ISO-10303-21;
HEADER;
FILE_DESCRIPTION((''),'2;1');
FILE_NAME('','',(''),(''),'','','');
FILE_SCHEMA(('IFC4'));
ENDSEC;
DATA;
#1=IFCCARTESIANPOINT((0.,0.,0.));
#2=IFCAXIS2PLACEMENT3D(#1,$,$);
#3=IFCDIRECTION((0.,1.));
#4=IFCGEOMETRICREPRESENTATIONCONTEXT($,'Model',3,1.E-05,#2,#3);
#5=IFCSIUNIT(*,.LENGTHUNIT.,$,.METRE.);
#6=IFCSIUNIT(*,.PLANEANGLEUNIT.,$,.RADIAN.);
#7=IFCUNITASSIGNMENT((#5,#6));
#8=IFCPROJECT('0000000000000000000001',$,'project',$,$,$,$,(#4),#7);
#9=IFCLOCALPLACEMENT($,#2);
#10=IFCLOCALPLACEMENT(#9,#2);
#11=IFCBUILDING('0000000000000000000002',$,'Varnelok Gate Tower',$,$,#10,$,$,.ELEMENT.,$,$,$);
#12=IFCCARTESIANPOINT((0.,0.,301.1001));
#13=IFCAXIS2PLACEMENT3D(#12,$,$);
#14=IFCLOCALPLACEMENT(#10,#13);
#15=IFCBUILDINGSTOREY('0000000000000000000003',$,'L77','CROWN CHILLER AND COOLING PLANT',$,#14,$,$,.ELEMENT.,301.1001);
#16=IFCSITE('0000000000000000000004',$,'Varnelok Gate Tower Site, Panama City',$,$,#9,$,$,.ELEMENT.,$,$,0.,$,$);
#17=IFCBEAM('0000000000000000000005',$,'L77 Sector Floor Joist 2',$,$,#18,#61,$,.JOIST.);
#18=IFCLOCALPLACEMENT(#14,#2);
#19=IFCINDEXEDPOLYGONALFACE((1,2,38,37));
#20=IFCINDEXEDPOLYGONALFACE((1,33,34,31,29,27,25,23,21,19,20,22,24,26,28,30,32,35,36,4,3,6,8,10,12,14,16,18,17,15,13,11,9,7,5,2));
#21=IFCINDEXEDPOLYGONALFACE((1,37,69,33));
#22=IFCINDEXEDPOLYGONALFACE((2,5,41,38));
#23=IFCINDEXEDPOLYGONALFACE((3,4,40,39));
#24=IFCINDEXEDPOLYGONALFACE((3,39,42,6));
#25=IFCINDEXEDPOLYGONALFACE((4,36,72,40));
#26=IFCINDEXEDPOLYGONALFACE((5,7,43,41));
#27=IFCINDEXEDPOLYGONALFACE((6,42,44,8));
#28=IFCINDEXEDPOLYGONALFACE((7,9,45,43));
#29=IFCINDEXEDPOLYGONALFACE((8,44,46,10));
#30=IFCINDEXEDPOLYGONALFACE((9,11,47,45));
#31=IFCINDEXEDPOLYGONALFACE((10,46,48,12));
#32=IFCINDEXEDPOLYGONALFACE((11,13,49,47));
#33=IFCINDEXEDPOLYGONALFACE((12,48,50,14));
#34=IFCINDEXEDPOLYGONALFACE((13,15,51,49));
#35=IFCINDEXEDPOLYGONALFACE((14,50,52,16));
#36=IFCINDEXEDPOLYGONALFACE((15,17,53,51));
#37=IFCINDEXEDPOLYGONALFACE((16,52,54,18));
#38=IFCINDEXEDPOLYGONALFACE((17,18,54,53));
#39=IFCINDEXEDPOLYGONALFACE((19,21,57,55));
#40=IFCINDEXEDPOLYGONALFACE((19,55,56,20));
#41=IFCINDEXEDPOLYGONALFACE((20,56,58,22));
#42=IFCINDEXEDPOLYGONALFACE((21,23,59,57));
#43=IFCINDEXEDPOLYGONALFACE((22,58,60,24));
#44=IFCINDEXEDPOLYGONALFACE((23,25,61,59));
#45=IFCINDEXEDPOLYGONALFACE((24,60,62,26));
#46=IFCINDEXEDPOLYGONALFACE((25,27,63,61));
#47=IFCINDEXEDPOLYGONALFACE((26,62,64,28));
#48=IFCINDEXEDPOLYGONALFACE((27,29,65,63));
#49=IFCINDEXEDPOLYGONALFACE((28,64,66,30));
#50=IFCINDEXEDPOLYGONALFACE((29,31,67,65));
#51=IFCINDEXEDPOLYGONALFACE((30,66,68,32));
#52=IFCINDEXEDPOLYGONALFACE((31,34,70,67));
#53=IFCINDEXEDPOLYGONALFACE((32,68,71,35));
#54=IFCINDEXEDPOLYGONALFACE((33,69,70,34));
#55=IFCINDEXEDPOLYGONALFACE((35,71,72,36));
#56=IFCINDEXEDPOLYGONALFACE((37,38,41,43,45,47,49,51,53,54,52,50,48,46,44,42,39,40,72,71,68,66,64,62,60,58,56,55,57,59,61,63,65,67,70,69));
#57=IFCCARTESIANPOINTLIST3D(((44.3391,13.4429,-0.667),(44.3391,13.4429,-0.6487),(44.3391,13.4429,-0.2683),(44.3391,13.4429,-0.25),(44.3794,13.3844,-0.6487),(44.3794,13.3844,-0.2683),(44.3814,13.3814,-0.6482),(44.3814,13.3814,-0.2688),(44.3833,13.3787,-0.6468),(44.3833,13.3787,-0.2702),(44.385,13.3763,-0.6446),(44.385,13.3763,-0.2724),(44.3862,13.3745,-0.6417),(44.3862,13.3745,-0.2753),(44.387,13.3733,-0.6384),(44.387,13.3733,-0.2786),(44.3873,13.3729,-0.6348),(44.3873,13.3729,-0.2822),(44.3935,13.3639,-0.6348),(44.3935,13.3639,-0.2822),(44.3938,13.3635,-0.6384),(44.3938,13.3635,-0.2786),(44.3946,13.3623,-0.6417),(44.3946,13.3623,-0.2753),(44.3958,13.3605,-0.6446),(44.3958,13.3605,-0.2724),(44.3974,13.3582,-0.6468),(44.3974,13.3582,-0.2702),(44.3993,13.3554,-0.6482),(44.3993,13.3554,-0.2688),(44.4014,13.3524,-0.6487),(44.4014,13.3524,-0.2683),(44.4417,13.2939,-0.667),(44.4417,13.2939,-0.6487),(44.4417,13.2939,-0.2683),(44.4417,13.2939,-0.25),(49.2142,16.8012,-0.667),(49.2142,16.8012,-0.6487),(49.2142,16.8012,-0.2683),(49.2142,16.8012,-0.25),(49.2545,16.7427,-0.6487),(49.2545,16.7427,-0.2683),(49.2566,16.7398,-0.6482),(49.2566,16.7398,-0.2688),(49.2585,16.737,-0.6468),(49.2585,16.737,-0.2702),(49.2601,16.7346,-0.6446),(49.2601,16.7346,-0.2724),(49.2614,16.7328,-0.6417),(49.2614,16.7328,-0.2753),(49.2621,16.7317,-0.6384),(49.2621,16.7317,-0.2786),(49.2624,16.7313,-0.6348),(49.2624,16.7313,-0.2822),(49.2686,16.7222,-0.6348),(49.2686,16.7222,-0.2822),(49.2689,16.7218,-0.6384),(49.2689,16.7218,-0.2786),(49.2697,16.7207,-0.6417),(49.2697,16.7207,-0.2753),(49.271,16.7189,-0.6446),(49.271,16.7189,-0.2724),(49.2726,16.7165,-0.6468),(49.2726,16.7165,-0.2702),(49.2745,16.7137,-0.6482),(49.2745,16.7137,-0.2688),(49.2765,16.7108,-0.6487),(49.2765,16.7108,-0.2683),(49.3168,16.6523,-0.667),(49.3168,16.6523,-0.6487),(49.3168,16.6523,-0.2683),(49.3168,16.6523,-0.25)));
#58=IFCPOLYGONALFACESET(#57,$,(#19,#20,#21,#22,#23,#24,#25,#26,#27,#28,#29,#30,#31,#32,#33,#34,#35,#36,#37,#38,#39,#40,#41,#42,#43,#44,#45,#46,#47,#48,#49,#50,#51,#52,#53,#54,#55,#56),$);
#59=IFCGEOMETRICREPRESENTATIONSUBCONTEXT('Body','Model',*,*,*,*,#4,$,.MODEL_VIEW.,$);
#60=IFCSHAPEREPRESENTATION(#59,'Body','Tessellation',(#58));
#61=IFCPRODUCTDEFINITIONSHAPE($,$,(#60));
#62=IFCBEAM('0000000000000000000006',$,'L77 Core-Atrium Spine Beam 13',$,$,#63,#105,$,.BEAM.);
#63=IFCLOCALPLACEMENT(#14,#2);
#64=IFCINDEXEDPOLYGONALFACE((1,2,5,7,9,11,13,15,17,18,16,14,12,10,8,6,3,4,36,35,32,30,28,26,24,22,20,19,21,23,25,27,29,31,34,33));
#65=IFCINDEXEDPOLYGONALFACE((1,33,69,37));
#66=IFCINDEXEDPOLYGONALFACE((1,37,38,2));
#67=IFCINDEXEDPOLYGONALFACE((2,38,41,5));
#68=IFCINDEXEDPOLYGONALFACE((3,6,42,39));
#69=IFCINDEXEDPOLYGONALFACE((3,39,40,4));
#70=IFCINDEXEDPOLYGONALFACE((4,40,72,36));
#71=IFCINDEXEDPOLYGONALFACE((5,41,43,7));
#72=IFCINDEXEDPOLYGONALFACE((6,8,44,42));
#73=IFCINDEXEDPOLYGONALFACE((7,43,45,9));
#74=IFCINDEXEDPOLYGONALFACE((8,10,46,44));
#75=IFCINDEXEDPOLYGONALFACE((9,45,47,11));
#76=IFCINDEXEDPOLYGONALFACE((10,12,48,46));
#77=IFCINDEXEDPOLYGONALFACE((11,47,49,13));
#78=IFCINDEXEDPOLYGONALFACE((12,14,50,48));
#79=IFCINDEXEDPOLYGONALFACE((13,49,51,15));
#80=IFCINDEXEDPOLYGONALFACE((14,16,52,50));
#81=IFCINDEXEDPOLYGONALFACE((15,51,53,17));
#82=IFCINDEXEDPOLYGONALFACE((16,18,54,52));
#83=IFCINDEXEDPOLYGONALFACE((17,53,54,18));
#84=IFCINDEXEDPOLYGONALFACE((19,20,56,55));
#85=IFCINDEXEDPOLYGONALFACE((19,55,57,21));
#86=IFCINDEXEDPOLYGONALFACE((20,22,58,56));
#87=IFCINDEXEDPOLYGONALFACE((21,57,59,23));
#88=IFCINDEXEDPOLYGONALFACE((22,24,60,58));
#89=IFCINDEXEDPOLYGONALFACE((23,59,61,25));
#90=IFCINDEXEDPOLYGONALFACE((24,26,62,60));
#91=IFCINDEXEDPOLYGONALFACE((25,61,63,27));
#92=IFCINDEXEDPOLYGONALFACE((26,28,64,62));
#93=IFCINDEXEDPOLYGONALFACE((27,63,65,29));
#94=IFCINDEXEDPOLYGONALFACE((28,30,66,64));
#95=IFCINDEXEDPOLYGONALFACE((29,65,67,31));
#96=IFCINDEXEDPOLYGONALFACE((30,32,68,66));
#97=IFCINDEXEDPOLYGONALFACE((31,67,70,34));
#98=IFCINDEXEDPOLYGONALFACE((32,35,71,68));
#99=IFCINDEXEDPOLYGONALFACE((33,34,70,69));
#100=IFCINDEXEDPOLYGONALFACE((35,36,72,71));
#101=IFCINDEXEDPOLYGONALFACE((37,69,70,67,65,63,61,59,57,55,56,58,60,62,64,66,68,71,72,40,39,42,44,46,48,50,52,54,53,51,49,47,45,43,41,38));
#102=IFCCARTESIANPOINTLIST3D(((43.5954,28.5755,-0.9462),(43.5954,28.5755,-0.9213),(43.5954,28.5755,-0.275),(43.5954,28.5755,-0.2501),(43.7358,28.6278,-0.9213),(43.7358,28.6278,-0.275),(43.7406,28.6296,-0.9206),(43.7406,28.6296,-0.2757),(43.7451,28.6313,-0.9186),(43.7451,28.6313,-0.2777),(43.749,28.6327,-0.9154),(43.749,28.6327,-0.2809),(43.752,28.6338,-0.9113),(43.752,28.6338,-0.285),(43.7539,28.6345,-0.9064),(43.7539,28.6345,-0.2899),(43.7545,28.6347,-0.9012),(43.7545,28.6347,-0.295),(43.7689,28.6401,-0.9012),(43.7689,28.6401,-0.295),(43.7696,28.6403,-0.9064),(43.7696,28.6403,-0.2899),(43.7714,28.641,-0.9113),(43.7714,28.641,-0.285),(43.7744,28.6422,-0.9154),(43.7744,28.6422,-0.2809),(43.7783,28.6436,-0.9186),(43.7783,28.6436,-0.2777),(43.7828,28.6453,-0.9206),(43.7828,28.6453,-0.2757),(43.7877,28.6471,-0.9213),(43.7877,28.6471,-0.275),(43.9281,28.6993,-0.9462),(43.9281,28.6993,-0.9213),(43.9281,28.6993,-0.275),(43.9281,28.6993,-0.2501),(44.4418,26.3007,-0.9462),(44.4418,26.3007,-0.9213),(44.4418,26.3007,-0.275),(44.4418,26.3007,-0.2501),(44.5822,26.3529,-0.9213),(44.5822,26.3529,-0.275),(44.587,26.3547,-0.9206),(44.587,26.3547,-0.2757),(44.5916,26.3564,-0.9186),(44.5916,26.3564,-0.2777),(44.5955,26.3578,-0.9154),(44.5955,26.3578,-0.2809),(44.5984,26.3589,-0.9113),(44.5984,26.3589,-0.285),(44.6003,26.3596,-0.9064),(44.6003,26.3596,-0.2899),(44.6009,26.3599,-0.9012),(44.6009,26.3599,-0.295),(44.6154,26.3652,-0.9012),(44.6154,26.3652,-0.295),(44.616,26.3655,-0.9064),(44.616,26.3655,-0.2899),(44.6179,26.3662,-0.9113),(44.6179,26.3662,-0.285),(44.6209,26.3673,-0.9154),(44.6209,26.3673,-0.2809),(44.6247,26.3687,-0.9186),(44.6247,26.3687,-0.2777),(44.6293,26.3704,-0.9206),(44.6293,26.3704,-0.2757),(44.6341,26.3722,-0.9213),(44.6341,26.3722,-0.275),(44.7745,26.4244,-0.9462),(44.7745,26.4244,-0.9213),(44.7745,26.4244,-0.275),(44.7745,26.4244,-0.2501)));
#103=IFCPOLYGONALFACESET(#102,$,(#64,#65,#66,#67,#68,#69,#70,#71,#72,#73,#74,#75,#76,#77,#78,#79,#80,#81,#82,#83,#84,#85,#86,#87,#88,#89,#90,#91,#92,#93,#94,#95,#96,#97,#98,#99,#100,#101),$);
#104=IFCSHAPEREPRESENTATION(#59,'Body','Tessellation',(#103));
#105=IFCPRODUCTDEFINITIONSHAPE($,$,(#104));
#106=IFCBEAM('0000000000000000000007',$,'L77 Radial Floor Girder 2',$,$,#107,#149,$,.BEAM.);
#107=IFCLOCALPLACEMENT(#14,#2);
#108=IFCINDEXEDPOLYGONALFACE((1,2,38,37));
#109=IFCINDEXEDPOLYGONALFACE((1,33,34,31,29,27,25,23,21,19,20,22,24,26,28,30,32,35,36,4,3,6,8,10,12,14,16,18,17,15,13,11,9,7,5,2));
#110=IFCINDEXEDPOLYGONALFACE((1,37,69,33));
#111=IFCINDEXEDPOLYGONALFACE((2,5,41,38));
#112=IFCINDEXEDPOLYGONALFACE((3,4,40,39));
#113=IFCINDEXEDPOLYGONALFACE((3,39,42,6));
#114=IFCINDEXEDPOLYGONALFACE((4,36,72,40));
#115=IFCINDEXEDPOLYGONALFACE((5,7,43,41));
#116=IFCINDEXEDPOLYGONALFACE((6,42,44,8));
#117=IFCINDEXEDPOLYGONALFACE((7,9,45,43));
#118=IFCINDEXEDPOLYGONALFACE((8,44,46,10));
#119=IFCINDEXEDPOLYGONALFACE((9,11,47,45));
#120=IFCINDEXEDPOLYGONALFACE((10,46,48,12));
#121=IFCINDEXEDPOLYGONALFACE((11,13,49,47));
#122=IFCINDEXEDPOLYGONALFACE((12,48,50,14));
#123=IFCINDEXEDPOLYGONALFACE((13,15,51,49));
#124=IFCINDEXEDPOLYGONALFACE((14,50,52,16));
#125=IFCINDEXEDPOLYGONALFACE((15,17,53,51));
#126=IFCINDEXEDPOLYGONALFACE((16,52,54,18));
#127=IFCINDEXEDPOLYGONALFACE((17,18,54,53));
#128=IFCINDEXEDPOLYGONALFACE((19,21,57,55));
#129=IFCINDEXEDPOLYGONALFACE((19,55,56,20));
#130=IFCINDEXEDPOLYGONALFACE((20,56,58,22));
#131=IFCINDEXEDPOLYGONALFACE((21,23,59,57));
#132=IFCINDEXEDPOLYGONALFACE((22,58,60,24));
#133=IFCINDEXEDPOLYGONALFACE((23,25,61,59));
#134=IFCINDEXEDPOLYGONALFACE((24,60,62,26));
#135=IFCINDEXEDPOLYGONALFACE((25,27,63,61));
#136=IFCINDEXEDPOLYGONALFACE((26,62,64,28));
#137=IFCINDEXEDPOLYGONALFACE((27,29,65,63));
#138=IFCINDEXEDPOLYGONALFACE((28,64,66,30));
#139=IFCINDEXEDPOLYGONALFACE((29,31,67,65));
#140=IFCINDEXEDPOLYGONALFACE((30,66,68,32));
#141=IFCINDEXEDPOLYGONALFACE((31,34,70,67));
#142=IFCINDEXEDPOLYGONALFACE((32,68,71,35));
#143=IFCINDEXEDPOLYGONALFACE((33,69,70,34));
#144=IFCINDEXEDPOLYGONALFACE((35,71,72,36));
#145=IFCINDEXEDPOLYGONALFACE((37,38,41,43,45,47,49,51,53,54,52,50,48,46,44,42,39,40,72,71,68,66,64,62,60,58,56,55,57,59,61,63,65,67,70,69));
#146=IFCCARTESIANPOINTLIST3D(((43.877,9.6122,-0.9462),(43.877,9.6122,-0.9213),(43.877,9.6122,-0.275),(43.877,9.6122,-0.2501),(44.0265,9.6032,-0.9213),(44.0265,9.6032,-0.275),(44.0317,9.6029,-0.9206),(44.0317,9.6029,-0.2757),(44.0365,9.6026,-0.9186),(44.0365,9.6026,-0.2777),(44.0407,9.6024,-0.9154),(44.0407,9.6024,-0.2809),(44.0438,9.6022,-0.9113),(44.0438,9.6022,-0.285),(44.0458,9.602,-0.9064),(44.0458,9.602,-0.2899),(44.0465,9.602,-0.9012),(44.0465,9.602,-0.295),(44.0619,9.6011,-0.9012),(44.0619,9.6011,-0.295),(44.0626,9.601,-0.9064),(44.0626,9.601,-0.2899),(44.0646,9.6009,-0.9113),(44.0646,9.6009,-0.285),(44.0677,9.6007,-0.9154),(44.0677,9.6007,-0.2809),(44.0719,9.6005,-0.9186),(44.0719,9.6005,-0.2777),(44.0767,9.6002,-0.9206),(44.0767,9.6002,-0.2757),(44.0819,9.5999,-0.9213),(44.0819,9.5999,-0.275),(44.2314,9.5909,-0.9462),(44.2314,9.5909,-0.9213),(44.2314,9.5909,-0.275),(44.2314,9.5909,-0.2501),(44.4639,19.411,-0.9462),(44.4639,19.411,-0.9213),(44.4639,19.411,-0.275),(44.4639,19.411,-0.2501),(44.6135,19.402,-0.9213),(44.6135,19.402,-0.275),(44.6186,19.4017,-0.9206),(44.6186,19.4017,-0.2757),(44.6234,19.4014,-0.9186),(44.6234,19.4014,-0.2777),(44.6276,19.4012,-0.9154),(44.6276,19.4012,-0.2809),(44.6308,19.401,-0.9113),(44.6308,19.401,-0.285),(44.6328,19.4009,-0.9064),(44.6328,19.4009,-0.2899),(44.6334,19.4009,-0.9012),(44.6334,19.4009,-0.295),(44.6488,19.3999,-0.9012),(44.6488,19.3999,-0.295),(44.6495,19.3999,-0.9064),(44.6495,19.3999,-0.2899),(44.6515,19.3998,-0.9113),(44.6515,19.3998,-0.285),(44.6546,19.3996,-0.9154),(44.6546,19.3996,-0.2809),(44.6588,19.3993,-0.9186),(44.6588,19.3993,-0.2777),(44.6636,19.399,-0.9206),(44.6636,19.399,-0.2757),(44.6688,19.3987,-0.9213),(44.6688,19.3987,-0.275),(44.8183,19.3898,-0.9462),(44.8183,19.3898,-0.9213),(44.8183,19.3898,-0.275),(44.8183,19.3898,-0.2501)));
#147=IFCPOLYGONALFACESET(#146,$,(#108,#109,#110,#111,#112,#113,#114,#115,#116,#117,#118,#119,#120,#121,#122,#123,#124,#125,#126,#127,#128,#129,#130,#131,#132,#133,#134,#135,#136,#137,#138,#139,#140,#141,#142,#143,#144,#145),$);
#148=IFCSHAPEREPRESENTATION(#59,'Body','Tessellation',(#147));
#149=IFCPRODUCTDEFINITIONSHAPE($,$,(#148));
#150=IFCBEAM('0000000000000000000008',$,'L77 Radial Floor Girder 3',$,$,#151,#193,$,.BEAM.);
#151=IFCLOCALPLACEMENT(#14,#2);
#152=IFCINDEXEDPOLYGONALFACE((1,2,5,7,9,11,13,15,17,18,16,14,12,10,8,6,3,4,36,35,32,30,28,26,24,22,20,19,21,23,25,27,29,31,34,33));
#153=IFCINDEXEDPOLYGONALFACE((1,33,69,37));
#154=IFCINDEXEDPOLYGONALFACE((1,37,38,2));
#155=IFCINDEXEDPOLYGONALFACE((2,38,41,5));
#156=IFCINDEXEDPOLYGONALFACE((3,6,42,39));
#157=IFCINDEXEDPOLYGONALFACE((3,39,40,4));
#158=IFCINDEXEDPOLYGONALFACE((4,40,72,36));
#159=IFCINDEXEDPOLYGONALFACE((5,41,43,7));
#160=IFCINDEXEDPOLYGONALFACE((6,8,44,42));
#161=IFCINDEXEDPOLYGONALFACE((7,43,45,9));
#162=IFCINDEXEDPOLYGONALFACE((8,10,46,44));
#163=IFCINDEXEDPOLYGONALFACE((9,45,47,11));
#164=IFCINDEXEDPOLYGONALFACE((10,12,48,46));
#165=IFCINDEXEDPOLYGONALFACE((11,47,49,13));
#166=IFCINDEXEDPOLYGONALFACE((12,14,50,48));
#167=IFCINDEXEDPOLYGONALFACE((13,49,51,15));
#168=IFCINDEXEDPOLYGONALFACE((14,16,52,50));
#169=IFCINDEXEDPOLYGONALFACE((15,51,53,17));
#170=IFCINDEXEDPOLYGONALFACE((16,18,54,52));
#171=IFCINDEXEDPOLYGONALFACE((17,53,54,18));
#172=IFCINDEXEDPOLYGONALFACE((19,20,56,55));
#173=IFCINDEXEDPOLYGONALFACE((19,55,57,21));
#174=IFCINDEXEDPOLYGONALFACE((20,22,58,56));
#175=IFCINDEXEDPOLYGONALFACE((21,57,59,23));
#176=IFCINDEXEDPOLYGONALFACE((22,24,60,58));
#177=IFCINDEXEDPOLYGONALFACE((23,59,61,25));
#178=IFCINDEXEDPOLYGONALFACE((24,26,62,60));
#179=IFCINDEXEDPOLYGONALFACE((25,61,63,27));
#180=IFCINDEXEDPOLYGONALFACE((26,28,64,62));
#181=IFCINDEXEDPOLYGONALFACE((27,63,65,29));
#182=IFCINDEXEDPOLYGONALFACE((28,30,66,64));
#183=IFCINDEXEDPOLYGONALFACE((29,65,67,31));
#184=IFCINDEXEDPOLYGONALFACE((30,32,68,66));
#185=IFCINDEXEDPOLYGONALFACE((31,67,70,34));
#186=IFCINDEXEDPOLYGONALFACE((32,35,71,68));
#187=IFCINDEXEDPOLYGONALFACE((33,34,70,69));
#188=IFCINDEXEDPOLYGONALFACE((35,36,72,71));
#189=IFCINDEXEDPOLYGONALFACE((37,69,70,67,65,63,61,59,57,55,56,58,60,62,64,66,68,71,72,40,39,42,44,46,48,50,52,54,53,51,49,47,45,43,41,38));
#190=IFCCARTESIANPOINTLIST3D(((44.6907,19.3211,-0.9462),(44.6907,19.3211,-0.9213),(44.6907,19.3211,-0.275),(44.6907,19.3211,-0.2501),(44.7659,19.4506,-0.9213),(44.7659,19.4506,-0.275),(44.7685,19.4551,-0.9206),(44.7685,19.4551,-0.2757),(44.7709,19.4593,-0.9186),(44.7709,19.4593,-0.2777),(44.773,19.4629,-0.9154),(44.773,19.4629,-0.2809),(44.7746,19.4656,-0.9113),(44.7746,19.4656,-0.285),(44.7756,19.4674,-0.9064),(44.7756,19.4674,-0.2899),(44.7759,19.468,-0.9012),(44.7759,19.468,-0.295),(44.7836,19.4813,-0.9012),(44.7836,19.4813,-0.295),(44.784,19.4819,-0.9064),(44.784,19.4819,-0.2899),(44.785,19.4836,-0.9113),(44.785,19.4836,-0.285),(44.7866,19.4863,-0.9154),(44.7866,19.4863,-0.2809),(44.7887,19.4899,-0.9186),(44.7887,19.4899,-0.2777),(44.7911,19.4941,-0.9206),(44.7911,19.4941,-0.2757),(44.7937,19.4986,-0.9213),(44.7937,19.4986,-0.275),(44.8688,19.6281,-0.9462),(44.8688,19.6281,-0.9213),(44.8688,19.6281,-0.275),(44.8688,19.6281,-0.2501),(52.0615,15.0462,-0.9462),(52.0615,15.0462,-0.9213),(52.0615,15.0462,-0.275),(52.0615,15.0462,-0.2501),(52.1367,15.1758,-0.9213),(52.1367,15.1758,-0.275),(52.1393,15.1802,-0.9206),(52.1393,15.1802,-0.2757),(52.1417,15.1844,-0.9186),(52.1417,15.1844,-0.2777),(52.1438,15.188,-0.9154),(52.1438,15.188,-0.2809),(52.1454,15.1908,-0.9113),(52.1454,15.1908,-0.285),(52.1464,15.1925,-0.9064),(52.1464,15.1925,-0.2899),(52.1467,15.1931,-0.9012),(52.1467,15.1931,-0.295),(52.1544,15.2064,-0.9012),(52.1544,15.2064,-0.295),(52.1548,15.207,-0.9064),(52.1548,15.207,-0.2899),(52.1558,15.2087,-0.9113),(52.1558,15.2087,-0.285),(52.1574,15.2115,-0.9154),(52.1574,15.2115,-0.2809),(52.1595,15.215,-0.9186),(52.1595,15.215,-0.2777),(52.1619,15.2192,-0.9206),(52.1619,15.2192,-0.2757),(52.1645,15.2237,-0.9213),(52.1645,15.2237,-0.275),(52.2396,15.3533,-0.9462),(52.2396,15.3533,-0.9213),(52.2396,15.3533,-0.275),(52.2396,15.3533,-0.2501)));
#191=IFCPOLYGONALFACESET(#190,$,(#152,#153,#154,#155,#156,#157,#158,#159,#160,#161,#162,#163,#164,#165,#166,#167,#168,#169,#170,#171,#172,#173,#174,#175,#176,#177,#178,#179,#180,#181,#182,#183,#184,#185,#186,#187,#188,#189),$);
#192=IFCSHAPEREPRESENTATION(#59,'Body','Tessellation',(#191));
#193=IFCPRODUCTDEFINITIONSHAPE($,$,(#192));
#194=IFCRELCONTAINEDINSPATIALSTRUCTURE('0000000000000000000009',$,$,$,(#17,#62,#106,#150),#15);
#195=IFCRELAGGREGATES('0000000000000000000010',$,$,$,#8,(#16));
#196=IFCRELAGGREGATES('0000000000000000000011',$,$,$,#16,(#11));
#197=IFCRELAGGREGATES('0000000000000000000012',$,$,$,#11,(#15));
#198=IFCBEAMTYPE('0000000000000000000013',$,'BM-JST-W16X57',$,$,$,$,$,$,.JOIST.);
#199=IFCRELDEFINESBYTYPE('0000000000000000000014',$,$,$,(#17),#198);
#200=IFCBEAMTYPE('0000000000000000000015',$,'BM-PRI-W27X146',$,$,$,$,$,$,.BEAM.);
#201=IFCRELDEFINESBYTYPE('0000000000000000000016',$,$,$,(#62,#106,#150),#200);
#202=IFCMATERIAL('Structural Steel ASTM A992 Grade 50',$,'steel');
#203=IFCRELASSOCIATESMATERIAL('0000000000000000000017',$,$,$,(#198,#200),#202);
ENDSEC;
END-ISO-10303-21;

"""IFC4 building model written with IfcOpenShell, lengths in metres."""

from ifc_helpers import new_model, si_unit, direction, frame, origin, origin_2d, place, context, subcontext, project, spatial, i_section, extrude, material, material_profile, profile_set, type_object, element, save


model = new_model("IFC4")

# Units and contexts
model_context = context("Model", 3, precision=1e-05, world=origin(), true_north=direction((0.0, 1.0)))
body_context = subcontext(model_context, "Body", "Model", "MODEL_VIEW")
ifc_project = project(units=[si_unit("LENGTHUNIT", "METRE"), si_unit("PLANEANGLEUNIT", "RADIAN")], contexts=[model_context])

# Site, building, storey
site_placement = place(None, origin())
site = spatial("IfcSite", under=ifc_project, at=site_placement, Name="Varnelok Gate Tower Site, Panama City", CompositionType="ELEMENT", RefElevation=0.0)
building_placement = place(site_placement, origin())
building = spatial("IfcBuilding", under=site, at=building_placement, Name="Varnelok Gate Tower", CompositionType="ELEMENT")
storey_placement = place(building_placement, frame((0.0, 0.0, 301.1001)))
storey = spatial("IfcBuildingStorey", under=building, at=storey_placement, Name="L77", Description="CROWN CHILLER AND COOLING PLANT", CompositionType="ELEMENT", Elevation=301.1001)

# Shared definitions
ifc_material_1 = material(Name="Structural Steel ASTM A992 Grade 50", Category="steel")

# Beams
ifc_material_profile_1 = material_profile(ifc_material_1, i_section(OverallWidth=0.1809, OverallDepth=0.417, WebThickness=0.011, FlangeThickness=0.0183, FilletRadius=0.0139, at=origin_2d()), Name="W16X57")
ifc_profile_set_1 = profile_set([ifc_material_profile_1], Name="Structural Steel ASTM A992 Grade 50")
beam_type_1 = type_object("IfcBeamType", Name="BM-JST-W16X57", PredefinedType="JOIST", material=ifc_profile_set_1)
beam_1_placement = place(storey_placement, frame((44.3904, 13.3684, -0.4585), z_axis=(0.823516, 0.567293, 0.0), x_axis=(-0.567293, 0.823516, 0.0)))
element("IfcBeam", 1, at=beam_1_placement, inside=storey, type_object=beam_type_1, Name="L77 Sector Floor Joist 2", PredefinedType="JOIST", context=body_context, shape_type="SweptSolid", body=[
    extrude(i_section(OverallWidth=0.1809, OverallDepth=0.417, WebThickness=0.011, FlangeThickness=0.0183, FilletRadius=0.0139, at=origin_2d()), origin(), (0.0, 0.0, 1.0), 5.9199),
])
ifc_material_profile_2 = material_profile(ifc_material_1, i_section(OverallWidth=0.355, OverallDepth=0.696, WebThickness=0.0154, FlangeThickness=0.0249, FilletRadius=0.02, at=origin_2d()), Name="W27X146")
ifc_profile_set_2 = profile_set([ifc_material_profile_2], Name="Structural Steel ASTM A992 Grade 50")
beam_type_2 = type_object("IfcBeamType", Name="BM-PRI-W27X146", PredefinedType="BEAM", material=ifc_profile_set_2)
beam_2_placement = place(storey_placement, frame((44.6082, 26.3625, -0.5981), z_axis=(-0.348719, 0.937227, 0.0), x_axis=(-0.937227, -0.348719, 0.0)))
element("IfcBeam", 2, at=beam_2_placement, inside=storey, type_object=beam_type_2, Name="L77 Core-Atrium Spine Beam 13", PredefinedType="BEAM", context=body_context, shape_type="SweptSolid", body=[
    extrude(i_section(OverallWidth=0.355, OverallDepth=0.696, WebThickness=0.0154, FlangeThickness=0.0249, FilletRadius=0.02, at=origin_2d()), origin(), (0.0, 0.0, 1.0), 2.4272),
])
beam_3_placement = place(storey_placement, frame((44.6411, 19.4004, -0.5981), z_axis=(-0.059789, -0.998211, 0.0), x_axis=(0.998211, -0.059789, 0.0)))
element("IfcBeam", 3, at=beam_3_placement, inside=storey, type_object=beam_type_2, Name="L77 Radial Floor Girder 2", PredefinedType="BEAM", context=body_context, shape_type="SweptSolid", body=[
    extrude(i_section(OverallWidth=0.355, OverallDepth=0.696, WebThickness=0.0154, FlangeThickness=0.0249, FilletRadius=0.02, at=origin_2d()), origin(), (0.0, 0.0, 1.0), 9.8164),
])
beam_4_placement = place(storey_placement, frame((44.7798, 19.4746, -0.5981), z_axis=(0.865041, -0.501701, 0.0), x_axis=(0.501701, 0.865041, 0.0)))
element("IfcBeam", 4, at=beam_4_placement, inside=storey, type_object=beam_type_2, Name="L77 Radial Floor Girder 3", PredefinedType="BEAM", context=body_context, shape_type="SweptSolid", body=[
    extrude(i_section(OverallWidth=0.355, OverallDepth=0.696, WebThickness=0.0154, FlangeThickness=0.0249, FilletRadius=0.02, at=origin_2d()), origin(), (0.0, 0.0, 1.0), 8.5208),
])

save(model, "model.ifc")
